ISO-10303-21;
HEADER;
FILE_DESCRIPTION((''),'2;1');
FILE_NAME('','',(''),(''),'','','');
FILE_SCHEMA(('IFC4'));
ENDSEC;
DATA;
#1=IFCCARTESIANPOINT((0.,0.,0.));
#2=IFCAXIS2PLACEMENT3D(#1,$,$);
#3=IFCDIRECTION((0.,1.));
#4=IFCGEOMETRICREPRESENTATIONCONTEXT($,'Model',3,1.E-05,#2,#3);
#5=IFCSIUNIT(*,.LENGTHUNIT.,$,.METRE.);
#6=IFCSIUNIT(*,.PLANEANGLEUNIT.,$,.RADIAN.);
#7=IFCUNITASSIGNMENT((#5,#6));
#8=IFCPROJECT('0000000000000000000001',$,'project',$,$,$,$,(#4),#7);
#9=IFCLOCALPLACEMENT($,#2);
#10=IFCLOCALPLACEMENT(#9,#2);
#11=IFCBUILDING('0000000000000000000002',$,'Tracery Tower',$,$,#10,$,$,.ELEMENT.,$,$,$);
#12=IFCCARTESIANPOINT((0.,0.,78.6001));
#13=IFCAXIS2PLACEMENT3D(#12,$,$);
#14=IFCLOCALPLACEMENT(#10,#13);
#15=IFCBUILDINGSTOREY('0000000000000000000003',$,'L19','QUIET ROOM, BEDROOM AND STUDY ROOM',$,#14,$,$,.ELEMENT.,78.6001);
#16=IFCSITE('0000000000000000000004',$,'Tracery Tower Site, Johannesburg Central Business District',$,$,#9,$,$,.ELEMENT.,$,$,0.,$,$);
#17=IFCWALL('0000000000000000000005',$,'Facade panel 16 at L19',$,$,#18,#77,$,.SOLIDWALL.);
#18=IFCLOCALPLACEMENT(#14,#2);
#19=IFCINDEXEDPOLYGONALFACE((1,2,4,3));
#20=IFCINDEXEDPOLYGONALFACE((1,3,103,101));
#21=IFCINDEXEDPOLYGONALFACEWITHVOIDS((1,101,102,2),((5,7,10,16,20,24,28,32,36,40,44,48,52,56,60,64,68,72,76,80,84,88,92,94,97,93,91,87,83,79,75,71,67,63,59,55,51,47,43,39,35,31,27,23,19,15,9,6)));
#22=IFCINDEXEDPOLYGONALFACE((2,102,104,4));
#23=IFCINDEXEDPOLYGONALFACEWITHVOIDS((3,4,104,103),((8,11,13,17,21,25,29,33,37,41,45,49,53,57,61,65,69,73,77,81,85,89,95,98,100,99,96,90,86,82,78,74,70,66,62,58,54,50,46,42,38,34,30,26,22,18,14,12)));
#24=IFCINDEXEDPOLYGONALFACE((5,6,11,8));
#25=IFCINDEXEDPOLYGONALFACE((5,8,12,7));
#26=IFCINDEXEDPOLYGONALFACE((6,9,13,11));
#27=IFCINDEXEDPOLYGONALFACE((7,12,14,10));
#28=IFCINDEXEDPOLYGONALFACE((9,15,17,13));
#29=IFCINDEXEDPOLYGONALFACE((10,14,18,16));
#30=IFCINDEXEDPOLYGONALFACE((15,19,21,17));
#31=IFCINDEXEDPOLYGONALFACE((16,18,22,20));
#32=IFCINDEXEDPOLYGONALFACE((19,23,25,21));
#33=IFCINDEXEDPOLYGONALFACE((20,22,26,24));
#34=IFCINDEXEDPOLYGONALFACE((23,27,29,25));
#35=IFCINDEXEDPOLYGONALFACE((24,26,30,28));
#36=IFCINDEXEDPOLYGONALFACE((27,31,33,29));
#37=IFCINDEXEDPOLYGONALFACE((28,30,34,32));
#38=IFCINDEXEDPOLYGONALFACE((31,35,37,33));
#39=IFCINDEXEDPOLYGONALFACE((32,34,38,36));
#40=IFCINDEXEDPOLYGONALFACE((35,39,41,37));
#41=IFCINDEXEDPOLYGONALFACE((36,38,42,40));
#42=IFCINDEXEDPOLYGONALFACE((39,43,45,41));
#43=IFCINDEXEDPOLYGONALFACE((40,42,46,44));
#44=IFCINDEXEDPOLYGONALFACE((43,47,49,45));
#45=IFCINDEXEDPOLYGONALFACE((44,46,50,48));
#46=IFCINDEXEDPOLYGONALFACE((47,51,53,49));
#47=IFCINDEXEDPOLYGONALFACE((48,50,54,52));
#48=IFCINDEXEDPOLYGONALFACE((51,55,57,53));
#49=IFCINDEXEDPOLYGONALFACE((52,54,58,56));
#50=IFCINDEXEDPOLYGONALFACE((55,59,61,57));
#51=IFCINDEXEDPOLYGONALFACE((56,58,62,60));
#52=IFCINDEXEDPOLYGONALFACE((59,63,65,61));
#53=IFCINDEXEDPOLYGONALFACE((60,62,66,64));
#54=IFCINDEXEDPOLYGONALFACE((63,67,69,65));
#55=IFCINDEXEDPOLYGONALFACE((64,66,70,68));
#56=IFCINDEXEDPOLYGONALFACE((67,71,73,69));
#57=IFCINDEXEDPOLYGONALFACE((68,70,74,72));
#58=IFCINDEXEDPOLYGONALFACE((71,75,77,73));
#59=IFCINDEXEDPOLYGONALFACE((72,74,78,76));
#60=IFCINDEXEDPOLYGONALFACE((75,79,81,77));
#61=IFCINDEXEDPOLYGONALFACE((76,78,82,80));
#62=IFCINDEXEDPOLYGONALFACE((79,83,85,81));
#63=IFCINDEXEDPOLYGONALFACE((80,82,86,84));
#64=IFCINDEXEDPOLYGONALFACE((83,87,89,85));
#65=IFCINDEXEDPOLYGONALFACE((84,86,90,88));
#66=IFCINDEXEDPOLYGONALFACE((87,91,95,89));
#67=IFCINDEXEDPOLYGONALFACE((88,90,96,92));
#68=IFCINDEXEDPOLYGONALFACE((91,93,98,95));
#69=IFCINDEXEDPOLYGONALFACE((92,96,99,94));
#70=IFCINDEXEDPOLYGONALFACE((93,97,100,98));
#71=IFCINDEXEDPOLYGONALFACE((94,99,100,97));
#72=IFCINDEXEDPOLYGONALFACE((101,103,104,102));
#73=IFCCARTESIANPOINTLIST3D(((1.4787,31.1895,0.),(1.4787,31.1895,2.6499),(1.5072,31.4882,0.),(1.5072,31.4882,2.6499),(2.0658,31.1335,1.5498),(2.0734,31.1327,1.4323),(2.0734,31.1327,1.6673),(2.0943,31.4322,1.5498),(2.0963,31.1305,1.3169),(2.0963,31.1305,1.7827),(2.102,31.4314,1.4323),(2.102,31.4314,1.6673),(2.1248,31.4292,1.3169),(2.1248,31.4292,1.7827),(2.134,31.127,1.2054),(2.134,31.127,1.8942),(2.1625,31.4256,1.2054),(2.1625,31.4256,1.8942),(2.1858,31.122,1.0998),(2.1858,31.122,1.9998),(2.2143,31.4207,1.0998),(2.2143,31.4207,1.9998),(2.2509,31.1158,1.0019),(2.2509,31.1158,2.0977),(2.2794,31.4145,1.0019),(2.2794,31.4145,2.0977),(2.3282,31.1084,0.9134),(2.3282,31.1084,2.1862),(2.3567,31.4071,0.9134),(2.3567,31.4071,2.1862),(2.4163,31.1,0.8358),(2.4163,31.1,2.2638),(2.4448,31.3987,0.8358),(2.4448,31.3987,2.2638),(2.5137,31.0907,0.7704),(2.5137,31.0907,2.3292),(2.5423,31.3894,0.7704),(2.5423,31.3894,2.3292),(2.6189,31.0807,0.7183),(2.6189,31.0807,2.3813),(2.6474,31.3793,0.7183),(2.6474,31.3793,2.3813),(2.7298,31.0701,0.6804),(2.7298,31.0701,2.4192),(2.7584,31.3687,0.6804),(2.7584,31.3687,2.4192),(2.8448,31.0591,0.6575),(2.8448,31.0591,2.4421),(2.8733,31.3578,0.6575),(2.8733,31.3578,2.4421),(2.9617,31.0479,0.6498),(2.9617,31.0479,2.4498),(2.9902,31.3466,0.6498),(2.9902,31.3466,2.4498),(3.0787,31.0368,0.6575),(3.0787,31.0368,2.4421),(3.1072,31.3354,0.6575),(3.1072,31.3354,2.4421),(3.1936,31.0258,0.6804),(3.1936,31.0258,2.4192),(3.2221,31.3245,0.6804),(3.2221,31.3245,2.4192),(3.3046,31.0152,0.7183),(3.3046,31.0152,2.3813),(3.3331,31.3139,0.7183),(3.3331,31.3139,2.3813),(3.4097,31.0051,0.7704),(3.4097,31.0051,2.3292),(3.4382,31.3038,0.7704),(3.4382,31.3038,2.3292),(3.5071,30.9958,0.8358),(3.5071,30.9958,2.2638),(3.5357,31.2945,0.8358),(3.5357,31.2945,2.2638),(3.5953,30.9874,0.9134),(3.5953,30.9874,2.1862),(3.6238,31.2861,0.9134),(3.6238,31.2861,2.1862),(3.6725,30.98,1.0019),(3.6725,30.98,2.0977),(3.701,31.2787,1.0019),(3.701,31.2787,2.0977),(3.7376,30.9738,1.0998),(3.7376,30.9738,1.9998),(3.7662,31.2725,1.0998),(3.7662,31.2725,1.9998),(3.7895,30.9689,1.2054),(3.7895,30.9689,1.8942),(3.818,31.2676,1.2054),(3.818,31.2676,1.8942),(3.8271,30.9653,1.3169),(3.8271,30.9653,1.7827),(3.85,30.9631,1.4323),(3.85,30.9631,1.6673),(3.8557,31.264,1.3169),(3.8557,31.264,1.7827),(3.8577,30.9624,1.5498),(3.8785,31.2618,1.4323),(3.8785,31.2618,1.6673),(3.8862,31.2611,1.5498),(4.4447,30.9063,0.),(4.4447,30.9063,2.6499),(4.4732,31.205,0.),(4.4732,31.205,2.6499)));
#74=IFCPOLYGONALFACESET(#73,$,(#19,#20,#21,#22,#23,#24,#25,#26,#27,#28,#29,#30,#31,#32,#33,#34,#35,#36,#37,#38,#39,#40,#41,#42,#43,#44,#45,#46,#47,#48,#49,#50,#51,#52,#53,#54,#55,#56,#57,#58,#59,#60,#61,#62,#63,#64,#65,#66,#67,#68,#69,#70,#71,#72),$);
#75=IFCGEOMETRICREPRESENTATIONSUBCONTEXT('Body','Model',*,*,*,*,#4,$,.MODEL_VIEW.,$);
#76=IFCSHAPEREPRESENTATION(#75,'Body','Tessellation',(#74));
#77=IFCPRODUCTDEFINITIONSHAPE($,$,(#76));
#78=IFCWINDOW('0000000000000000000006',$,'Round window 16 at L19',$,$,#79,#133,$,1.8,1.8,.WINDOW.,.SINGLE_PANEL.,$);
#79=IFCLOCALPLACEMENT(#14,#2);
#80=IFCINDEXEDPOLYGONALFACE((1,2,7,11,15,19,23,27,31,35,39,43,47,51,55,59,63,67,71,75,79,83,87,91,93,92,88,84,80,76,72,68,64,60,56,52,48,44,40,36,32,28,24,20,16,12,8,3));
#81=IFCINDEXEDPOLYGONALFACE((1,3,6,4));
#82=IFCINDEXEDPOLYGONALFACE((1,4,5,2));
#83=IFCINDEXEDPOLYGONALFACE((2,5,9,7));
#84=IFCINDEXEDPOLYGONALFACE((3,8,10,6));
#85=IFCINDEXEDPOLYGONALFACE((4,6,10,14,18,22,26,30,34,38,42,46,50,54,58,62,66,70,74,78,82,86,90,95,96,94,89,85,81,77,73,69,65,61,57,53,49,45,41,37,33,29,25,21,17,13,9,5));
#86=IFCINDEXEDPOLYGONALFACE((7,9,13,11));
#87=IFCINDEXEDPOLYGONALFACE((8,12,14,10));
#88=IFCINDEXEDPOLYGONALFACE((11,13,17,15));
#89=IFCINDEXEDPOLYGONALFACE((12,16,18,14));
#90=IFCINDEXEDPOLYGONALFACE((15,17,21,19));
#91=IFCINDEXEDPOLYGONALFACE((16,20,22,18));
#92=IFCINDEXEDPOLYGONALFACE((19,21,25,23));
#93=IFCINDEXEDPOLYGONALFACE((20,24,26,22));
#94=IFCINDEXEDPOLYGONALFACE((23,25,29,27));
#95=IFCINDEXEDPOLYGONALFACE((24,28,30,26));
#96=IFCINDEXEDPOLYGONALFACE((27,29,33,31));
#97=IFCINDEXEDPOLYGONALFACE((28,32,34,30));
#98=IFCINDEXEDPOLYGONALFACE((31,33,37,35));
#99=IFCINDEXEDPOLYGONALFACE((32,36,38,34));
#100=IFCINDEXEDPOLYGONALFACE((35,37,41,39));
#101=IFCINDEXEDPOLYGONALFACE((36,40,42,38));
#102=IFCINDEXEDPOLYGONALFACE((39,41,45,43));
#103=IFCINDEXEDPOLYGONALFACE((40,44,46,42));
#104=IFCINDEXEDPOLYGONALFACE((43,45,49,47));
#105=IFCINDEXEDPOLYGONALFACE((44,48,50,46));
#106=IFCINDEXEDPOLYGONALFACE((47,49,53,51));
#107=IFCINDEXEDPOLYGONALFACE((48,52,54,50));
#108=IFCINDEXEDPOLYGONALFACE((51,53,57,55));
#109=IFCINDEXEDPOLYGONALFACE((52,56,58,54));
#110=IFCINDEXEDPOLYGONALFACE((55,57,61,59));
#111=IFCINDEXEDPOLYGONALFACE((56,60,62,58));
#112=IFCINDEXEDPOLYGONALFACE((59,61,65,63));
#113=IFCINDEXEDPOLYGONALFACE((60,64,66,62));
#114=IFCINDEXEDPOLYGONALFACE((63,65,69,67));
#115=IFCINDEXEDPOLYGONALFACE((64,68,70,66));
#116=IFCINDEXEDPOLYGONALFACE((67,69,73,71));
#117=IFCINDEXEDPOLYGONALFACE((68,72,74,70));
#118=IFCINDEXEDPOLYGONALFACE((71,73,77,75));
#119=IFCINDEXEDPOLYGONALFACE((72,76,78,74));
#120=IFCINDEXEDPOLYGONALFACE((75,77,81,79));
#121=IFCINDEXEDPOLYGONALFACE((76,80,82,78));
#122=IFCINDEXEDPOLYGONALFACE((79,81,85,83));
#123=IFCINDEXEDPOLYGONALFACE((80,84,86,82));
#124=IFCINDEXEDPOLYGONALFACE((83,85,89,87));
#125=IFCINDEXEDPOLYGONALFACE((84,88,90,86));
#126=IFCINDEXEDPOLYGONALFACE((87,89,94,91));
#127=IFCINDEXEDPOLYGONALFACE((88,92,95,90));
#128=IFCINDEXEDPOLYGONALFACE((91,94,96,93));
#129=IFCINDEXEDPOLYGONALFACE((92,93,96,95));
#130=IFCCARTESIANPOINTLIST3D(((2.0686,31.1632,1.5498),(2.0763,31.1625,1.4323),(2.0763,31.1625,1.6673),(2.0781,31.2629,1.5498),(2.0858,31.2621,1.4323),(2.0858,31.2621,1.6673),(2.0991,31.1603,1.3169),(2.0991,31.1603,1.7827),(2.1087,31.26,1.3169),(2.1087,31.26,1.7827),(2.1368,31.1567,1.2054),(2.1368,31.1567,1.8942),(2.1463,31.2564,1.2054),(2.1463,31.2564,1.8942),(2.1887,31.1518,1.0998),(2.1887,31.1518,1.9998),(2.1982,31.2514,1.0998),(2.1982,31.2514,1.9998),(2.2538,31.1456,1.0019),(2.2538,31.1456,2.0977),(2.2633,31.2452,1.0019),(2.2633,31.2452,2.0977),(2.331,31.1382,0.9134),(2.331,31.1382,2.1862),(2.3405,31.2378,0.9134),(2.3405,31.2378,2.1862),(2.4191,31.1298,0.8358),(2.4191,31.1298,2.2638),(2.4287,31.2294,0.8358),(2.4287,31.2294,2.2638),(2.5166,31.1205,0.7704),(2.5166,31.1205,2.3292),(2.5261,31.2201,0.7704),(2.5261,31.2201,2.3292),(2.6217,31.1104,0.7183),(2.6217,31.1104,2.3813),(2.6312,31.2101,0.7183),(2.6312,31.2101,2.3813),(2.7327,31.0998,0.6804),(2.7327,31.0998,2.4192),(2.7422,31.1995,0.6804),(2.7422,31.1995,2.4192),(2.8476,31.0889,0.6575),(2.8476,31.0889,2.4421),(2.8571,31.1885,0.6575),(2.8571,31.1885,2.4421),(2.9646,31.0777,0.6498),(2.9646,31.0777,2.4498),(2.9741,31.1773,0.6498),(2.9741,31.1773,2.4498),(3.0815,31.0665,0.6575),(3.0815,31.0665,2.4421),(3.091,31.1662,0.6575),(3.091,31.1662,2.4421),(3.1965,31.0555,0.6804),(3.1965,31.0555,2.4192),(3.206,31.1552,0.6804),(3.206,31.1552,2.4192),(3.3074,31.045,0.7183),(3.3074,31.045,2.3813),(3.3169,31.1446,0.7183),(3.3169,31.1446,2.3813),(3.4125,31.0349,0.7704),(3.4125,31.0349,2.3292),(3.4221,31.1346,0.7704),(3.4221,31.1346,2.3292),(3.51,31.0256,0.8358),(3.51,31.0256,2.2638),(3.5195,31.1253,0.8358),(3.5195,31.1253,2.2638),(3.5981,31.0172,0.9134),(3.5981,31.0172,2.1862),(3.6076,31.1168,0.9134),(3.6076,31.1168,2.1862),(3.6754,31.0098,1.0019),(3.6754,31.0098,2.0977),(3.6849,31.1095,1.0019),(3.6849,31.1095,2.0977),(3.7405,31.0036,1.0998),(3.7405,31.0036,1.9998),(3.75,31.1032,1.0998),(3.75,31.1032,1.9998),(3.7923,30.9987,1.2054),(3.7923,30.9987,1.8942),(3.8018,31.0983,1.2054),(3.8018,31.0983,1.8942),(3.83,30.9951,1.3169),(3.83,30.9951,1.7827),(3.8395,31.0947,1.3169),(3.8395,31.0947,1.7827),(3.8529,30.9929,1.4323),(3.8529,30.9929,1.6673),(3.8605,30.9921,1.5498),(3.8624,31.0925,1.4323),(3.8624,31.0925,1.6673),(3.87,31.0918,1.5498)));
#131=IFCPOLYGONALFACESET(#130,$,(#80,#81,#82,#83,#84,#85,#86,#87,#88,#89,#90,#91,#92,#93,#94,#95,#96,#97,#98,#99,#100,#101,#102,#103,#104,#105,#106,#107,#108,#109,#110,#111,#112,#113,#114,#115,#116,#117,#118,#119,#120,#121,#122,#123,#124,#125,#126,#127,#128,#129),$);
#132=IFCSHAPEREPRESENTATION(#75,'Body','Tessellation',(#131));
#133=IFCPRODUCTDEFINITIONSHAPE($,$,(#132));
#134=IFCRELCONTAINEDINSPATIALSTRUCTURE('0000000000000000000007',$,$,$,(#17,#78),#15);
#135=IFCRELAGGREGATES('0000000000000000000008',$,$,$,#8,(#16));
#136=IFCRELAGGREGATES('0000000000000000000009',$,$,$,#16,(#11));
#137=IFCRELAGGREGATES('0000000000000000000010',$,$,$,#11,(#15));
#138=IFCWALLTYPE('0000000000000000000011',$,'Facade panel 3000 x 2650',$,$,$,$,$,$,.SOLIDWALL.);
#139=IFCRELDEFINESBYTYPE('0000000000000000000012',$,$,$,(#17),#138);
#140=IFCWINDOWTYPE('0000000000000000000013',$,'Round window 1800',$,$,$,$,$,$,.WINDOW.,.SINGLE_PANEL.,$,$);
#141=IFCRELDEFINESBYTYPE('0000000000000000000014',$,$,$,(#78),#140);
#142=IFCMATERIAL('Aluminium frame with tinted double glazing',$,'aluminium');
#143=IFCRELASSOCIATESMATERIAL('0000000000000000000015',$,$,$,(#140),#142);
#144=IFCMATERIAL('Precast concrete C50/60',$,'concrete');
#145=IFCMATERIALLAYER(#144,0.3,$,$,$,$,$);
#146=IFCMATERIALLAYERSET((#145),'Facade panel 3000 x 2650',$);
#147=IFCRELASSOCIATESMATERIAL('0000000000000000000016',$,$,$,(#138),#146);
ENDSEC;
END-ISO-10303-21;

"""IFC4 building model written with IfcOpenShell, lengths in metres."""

from ifc_helpers import new_model, si_unit, direction, frame, frame_2d, origin, origin_2d, place, context, subcontext, project, spatial, rectangle, circle, extrude, material, layer, layer_set, type_object, element, fill, save


model = new_model("IFC4")

# Units and contexts
model_context = context("Model", 3, precision=1e-05, world=origin(), true_north=direction((0.0, 1.0)))
body_context = subcontext(model_context, "Body", "Model", "MODEL_VIEW")
ifc_project = project(units=[si_unit("LENGTHUNIT", "METRE"), si_unit("PLANEANGLEUNIT", "RADIAN")], contexts=[model_context])

# Site, building, storey
site_placement = place(None, origin())
site = spatial("IfcSite", under=ifc_project, at=site_placement, Name="Tracery Tower Site, Johannesburg Central Business District", CompositionType="ELEMENT", RefElevation=0.0)
building_placement = place(site_placement, origin())
building = spatial("IfcBuilding", under=site, at=building_placement, Name="Tracery Tower", CompositionType="ELEMENT")
storey_placement = place(building_placement, frame((0.0, 0.0, 78.6001)))
storey = spatial("IfcBuildingStorey", under=building, at=storey_placement, Name="L19", Description="QUIET ROOM, BEDROOM AND STUDY ROOM", CompositionType="ELEMENT", Elevation=78.6001)

# Wall, opening, window
ifc_material_1 = material(Name="Aluminium frame with tinted double glazing", Category="aluminium")
window_type = type_object("IfcWindowType", Name="Round window 1800", PartitioningType="SINGLE_PANEL", PredefinedType="WINDOW", material=ifc_material_1)
ifc_material_2 = material(Name="Precast concrete C50/60", Category="concrete")
ifc_layer_1 = layer(ifc_material_2, 0.3)
ifc_layer_set_1 = layer_set([ifc_layer_1], Name="Facade panel 3000 x 2650")
wall_type_1 = type_object("IfcWallType", Name="Facade panel 3000 x 2650", PredefinedType="SOLIDWALL", material=ifc_layer_set_1)
wall_1_placement = place(storey_placement, frame((4.459, 31.0557, 0.0), z_axis=(0.0, 0.0, 1.0), x_axis=(-0.995473, 0.095049, 0.0)))
wall_1 = element("IfcWall", 1, at=wall_1_placement, inside=storey, type_object=wall_type_1, Name="Facade panel 16 at L19", PredefinedType="SOLIDWALL", context=body_context, shape_type="SweptSolid", body=[
    extrude(rectangle(XDim=2.9795, YDim=0.3, at=frame_2d((1.4897, 0.0))), origin(), (0.0, 0.0, 1.0), 2.6499),
])
opening_1_placement = place(wall_1_placement, frame((1.4897, 0.0, 1.5498)))
opening_1 = element("IfcOpeningElement", 2, at=opening_1_placement, cuts=wall_1, PredefinedType="OPENING", context=body_context, shape_type="SweptSolid", body=[
    extrude(circle(Radius=0.9, at=origin_2d()), frame((0.0, 0.1599, 0.0), z_axis=(0.0, -1.0, 0.0), x_axis=(1.0, 0.0, 0.0)), (0.0, 0.0, 1.0), 0.3201),
])
window_1_placement = place(opening_1_placement, origin())
window_1 = element("IfcWindow", 3, at=window_1_placement, inside=storey, type_object=window_type, Name="Round window 16 at L19", OverallHeight=1.8, OverallWidth=1.8, PartitioningType="SINGLE_PANEL", PredefinedType="WINDOW", context=body_context, shape_type="SweptSolid", body=[
    extrude(circle(Radius=0.9, at=origin_2d()), frame((0.0, 0.1201, 0.0), z_axis=(0.0, -1.0, 0.0), x_axis=(1.0, 0.0, 0.0)), (0.0, 0.0, 1.0), 0.1001),
])
fill(opening_1, window_1)

save(model, "model.ifc")
